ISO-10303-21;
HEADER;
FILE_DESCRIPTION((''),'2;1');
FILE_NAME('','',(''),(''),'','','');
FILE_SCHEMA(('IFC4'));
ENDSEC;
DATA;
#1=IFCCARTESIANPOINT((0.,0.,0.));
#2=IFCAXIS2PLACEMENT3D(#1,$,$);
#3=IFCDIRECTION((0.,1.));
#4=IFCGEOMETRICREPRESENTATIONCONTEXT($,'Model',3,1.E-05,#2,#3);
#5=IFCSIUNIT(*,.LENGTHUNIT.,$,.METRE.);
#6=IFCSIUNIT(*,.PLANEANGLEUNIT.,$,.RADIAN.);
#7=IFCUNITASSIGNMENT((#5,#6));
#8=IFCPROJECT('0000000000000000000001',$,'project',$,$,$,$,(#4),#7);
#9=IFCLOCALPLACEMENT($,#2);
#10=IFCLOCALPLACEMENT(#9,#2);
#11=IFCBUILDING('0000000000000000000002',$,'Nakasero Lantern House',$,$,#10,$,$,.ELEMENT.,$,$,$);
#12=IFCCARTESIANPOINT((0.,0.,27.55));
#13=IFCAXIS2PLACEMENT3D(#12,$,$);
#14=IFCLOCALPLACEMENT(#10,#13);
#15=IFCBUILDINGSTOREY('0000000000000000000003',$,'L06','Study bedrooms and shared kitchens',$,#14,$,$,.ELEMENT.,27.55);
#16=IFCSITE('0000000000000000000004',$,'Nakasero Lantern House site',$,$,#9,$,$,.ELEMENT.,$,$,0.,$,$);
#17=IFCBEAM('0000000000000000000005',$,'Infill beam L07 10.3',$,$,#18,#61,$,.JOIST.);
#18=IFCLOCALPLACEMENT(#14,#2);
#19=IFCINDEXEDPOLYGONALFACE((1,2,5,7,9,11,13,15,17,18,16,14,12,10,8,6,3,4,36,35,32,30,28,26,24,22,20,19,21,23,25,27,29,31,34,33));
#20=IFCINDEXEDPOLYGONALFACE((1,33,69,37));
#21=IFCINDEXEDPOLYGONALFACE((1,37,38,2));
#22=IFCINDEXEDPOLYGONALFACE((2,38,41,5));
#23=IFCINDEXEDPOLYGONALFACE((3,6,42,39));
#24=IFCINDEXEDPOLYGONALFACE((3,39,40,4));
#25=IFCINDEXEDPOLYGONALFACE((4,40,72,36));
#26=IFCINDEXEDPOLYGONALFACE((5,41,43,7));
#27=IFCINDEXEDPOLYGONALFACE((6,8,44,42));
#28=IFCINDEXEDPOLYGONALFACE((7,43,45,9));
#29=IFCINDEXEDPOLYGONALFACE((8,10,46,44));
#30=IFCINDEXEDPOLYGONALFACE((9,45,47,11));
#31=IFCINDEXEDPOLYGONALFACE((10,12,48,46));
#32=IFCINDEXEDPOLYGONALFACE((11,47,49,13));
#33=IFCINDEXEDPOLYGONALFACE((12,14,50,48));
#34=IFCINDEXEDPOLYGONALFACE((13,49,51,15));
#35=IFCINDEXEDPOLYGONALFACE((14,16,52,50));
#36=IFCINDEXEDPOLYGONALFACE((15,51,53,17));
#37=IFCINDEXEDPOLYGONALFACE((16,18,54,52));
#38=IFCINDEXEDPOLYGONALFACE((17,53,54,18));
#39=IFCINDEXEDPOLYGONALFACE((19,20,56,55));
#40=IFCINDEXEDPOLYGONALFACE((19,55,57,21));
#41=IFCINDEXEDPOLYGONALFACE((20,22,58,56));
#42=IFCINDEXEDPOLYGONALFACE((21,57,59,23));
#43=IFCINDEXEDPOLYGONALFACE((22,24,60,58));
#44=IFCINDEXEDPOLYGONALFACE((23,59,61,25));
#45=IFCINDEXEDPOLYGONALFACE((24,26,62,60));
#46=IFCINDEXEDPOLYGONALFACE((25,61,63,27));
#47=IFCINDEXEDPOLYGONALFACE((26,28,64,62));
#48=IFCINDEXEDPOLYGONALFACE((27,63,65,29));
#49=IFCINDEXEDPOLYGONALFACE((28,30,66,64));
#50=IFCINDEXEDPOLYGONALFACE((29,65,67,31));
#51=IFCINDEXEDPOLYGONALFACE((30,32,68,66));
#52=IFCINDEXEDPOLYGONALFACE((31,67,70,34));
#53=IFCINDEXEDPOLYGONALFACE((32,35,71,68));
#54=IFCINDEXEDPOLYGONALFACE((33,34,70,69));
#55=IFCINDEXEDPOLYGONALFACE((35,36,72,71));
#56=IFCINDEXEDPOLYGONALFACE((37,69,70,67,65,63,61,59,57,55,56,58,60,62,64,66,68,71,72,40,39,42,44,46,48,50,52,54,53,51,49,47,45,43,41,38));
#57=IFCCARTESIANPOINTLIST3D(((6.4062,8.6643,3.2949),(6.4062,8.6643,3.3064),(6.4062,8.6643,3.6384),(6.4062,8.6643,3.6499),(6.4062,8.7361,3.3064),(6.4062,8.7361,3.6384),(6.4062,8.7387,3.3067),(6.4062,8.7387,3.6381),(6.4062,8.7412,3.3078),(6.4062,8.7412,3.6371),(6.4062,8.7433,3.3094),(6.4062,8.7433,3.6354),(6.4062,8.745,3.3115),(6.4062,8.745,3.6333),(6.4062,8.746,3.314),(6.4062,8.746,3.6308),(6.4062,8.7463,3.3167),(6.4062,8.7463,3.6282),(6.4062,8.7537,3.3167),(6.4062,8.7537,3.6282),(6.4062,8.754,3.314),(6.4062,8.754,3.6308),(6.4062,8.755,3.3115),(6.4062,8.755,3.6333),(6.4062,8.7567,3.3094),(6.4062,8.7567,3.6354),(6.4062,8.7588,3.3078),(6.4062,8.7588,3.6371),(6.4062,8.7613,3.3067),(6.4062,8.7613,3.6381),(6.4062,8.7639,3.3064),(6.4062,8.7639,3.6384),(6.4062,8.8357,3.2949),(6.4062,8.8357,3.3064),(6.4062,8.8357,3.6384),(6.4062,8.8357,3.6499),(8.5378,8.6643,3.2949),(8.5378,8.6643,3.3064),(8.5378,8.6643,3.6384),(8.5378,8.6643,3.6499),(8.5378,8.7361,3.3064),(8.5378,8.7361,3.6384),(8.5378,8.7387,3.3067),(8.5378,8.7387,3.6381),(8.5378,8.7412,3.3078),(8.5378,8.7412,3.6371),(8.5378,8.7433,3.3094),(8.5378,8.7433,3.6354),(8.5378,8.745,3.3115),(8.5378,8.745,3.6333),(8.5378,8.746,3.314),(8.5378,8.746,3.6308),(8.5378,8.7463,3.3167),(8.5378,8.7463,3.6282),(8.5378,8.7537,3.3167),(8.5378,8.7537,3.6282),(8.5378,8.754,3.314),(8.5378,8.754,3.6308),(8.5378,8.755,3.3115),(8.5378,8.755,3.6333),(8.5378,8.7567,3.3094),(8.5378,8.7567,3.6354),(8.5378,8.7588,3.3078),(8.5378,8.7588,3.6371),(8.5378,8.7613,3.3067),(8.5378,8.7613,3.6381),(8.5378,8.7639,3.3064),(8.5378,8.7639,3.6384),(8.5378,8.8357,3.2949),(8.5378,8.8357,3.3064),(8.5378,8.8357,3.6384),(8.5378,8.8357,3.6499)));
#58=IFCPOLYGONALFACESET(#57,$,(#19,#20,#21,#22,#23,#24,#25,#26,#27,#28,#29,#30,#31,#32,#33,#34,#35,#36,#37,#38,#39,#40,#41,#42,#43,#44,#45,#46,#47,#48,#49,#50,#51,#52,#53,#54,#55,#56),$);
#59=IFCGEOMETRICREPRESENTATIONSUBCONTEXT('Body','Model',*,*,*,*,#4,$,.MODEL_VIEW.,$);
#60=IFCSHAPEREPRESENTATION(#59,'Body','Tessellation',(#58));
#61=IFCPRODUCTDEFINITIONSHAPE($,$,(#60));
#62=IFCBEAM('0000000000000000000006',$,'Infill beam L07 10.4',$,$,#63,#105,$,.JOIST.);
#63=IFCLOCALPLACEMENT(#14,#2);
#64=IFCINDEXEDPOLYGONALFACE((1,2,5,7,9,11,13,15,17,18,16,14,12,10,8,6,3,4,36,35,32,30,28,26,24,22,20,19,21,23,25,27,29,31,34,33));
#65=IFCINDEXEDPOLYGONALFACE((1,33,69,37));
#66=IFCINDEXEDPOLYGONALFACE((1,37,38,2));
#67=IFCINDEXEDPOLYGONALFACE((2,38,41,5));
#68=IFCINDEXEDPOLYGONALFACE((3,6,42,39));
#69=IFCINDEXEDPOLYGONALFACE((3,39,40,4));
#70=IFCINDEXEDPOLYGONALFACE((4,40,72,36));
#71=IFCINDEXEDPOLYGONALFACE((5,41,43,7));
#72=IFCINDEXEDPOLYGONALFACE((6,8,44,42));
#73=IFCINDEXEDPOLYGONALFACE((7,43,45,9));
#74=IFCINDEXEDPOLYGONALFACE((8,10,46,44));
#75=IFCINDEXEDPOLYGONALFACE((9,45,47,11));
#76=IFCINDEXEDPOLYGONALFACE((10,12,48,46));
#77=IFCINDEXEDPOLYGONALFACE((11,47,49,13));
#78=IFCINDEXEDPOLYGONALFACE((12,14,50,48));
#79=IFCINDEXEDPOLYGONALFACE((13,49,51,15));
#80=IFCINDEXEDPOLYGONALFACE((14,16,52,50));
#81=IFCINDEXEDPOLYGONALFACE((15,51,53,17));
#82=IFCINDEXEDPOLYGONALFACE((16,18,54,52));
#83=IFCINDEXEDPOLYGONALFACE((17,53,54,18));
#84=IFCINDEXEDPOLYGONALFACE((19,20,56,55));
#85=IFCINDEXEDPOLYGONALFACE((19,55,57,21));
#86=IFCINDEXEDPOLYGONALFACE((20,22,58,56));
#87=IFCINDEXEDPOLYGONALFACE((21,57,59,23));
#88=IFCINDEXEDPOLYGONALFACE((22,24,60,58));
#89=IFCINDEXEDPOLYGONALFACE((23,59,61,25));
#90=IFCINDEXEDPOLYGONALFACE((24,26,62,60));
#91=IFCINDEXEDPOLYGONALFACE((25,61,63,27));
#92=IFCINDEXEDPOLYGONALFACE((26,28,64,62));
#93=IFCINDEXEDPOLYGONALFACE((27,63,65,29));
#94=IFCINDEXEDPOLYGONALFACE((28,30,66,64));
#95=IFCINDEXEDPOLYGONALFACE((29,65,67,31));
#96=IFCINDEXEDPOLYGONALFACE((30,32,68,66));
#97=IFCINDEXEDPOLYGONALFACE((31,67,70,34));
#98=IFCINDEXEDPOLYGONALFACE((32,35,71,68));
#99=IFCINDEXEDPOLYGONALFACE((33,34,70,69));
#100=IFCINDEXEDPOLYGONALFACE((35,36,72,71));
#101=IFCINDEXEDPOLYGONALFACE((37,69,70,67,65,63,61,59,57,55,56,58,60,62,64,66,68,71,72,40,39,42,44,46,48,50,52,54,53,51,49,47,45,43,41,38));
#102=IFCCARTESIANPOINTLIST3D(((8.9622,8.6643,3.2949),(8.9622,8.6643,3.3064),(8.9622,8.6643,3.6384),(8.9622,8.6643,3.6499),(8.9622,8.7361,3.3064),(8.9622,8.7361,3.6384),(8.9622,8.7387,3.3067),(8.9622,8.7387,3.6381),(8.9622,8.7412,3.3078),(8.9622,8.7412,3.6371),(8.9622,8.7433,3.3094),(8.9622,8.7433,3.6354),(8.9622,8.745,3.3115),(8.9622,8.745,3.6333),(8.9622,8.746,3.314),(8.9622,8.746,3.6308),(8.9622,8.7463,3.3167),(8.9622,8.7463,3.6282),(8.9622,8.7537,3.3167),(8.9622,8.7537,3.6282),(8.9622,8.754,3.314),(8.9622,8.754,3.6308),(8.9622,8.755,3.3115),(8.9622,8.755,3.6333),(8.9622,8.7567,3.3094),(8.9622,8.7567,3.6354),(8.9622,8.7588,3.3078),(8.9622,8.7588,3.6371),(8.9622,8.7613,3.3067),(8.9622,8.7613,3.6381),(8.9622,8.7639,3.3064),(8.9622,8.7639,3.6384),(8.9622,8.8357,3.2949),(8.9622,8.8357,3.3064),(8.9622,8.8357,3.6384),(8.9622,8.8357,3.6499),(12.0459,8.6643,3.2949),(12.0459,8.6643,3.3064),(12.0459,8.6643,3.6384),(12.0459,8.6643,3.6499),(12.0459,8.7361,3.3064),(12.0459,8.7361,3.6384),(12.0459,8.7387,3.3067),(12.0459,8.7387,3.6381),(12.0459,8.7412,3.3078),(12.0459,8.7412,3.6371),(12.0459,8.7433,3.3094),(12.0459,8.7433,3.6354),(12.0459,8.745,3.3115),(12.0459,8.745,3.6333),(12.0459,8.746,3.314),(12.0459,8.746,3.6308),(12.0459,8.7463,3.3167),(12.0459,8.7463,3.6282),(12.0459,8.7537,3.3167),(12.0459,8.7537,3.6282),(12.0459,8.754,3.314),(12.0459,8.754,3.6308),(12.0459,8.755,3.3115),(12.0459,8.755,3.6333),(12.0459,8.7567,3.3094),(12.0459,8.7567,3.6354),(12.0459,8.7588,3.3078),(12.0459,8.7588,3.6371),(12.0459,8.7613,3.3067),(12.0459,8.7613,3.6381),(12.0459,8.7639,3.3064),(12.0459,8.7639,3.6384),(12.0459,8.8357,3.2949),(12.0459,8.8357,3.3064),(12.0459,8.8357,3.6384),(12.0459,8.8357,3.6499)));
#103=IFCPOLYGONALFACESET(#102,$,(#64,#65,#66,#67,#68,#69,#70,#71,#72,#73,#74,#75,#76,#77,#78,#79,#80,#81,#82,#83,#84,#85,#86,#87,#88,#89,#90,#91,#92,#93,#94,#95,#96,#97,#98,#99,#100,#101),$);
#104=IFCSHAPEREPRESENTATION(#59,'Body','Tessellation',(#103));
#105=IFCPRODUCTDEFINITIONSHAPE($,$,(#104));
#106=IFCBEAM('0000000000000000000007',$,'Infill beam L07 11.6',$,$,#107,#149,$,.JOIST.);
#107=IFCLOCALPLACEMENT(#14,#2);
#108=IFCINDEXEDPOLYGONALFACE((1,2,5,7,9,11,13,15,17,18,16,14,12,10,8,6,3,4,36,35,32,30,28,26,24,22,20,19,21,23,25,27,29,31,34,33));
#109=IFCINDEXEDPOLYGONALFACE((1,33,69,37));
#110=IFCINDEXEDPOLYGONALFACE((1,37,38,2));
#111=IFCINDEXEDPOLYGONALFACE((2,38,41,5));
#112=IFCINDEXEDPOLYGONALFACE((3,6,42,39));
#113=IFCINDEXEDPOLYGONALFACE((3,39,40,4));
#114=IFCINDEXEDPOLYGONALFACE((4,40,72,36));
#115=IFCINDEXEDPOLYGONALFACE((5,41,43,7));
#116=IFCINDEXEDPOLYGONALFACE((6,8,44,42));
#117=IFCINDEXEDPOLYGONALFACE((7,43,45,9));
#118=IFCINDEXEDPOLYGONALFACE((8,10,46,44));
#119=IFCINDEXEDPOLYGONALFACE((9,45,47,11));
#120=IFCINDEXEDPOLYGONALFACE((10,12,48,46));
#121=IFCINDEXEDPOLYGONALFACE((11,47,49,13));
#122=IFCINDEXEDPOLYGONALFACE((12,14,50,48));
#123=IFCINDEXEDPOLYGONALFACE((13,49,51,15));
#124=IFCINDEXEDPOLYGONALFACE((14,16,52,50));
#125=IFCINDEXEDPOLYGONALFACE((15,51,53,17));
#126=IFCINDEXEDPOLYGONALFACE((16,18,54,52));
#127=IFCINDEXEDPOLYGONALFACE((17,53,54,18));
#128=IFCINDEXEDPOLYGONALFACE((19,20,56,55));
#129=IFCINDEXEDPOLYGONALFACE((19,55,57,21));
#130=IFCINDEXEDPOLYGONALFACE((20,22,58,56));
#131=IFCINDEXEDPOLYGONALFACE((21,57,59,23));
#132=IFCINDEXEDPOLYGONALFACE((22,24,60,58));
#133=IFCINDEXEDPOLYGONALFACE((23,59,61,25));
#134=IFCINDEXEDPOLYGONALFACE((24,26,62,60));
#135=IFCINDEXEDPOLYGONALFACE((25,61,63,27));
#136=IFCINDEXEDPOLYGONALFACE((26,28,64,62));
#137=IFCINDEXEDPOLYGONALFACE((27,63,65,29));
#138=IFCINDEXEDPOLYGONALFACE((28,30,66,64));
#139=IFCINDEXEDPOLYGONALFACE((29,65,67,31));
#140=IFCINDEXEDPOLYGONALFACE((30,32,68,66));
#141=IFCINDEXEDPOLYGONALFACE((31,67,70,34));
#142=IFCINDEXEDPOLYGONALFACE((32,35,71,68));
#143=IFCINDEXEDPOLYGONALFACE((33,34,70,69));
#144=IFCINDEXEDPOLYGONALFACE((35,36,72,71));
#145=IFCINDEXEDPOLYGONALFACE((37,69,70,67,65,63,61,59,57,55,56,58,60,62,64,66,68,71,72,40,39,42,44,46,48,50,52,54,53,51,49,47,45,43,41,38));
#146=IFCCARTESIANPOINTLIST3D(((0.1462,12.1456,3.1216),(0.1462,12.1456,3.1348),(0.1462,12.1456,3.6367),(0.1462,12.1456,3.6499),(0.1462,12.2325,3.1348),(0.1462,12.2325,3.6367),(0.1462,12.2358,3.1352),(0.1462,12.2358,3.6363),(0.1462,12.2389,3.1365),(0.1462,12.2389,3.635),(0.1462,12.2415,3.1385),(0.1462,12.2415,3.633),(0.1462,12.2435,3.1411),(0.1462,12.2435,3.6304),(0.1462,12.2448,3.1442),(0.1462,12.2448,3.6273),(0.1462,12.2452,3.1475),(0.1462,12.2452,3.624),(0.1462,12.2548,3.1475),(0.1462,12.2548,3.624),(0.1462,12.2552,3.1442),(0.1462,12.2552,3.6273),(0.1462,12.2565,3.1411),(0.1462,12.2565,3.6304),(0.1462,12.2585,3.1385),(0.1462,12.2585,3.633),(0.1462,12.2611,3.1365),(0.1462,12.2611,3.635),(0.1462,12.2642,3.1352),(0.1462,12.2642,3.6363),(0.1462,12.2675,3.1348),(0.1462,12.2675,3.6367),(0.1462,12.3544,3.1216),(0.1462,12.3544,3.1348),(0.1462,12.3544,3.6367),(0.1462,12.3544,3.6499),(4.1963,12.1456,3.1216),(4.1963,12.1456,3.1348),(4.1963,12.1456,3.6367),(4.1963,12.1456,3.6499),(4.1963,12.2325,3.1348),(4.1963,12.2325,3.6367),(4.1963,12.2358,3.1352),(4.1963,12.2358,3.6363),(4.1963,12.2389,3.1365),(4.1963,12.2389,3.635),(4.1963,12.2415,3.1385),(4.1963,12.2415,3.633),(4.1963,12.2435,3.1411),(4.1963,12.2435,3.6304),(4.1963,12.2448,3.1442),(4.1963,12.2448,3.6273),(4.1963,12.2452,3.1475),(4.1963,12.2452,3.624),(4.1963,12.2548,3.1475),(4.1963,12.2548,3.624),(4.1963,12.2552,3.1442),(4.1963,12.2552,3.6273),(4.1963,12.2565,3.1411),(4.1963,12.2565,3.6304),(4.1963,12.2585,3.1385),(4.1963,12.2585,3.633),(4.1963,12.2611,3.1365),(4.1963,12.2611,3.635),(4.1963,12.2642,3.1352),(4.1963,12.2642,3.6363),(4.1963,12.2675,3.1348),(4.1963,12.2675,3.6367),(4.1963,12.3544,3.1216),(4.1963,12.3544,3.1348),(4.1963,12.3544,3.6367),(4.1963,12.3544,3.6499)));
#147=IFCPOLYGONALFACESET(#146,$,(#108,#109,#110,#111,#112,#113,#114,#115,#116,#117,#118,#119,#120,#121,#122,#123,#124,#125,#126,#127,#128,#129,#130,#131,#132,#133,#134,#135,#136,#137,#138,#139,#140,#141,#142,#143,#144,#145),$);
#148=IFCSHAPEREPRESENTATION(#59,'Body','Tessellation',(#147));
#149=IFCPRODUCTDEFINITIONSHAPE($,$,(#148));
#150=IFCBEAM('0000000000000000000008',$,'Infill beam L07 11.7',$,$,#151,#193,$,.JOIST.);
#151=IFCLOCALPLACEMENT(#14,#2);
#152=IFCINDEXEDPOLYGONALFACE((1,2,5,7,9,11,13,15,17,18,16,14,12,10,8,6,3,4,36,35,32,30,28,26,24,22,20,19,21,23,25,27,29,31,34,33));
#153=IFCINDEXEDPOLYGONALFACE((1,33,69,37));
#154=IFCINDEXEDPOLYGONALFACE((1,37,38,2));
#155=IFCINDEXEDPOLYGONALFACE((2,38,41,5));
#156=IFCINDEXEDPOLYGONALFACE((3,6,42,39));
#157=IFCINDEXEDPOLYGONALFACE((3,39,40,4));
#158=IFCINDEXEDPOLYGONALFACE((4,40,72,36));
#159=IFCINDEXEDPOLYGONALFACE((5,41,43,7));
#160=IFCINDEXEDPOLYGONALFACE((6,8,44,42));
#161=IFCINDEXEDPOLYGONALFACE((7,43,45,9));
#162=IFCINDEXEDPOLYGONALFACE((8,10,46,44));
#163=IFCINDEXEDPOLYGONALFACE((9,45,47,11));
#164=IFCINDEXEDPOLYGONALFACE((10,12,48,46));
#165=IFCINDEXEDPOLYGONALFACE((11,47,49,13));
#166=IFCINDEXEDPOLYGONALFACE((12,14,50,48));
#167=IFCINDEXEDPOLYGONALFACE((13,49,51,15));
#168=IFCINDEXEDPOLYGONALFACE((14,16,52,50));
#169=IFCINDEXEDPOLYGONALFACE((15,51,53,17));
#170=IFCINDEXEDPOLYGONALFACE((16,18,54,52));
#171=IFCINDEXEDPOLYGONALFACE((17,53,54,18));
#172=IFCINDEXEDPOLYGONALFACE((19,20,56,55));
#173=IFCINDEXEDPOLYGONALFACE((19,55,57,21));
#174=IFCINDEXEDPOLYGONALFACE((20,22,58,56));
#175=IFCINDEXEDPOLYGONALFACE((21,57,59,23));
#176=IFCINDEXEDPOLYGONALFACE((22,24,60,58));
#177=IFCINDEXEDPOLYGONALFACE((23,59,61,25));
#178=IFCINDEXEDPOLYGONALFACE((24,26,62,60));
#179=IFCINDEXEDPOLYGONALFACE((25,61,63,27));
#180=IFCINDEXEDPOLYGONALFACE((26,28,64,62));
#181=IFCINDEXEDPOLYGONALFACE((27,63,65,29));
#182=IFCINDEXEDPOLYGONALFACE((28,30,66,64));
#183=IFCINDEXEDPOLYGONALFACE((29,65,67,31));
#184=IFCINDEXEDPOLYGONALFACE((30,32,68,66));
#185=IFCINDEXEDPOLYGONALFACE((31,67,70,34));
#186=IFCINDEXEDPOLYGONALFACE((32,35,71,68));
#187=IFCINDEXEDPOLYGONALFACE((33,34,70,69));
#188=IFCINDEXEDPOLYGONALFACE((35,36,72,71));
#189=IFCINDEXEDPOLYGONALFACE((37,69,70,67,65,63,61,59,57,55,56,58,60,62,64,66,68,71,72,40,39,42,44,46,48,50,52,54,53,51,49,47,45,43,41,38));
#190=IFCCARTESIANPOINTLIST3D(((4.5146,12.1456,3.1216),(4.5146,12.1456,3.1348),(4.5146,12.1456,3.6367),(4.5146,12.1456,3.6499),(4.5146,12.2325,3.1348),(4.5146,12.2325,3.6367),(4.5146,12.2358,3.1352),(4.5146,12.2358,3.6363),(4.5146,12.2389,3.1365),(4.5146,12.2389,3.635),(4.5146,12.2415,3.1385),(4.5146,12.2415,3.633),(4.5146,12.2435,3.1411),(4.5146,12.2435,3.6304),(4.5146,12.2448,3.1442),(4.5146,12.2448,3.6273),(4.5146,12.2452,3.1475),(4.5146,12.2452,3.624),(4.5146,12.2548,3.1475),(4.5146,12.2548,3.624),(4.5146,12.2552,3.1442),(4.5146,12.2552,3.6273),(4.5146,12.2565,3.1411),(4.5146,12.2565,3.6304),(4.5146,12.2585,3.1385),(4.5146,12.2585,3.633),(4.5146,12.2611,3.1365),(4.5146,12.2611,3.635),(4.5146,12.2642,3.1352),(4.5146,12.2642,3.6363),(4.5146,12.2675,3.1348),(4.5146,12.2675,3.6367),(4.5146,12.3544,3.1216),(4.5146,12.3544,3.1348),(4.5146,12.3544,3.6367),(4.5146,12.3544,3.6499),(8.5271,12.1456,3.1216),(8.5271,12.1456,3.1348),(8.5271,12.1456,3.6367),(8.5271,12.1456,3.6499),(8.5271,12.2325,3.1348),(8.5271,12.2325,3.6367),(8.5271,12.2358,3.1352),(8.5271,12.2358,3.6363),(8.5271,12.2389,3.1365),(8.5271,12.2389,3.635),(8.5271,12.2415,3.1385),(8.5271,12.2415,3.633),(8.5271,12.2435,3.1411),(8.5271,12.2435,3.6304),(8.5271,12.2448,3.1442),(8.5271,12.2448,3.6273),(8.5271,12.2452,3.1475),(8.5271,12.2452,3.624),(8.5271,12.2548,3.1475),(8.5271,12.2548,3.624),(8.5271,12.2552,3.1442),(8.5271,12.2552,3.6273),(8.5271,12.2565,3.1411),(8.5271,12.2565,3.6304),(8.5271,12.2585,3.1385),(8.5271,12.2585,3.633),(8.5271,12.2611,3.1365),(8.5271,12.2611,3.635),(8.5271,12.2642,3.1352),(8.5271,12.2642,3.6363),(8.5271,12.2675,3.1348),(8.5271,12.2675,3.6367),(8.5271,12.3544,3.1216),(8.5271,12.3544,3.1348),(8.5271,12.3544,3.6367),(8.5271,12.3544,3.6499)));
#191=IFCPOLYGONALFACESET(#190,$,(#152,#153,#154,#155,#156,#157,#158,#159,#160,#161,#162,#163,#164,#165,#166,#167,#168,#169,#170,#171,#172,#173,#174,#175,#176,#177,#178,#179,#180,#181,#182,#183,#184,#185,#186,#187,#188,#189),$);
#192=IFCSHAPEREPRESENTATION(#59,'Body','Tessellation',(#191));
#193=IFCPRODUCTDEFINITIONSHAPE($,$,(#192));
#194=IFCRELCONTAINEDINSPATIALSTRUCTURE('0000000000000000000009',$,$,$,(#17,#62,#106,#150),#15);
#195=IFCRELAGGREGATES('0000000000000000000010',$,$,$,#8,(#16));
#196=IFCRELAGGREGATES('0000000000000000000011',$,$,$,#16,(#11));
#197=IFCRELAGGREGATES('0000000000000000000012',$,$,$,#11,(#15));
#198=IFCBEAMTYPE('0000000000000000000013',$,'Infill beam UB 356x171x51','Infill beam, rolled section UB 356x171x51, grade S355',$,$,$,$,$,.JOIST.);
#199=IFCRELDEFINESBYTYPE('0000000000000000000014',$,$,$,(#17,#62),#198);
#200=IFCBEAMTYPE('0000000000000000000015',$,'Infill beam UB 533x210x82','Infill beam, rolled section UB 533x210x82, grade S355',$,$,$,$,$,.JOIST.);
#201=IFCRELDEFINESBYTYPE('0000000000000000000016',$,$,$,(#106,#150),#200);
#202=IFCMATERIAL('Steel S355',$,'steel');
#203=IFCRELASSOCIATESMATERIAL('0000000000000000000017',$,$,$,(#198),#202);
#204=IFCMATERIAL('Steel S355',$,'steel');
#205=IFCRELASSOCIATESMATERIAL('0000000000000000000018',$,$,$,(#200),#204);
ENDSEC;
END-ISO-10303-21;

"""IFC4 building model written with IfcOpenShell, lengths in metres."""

from ifc_helpers import new_model, si_unit, direction, frame, origin, origin_2d, place, context, subcontext, project, spatial, i_section, extrude, material, material_profile, profile_set, type_object, element, save


model = new_model("IFC4")

# Units and contexts
model_context = context("Model", 3, precision=1e-05, world=origin(), true_north=direction((0.0, 1.0)))
body_context = subcontext(model_context, "Body", "Model", "MODEL_VIEW")
ifc_project = project(units=[si_unit("LENGTHUNIT", "METRE"), si_unit("PLANEANGLEUNIT", "RADIAN")], contexts=[model_context])

# Site, building, storey
site_placement = place(None, origin())
site = spatial("IfcSite", under=ifc_project, at=site_placement, Name="Nakasero Lantern House site", CompositionType="ELEMENT", RefElevation=0.0)
building_placement = place(site_placement, origin())
building = spatial("IfcBuilding", under=site, at=building_placement, Name="Nakasero Lantern House", CompositionType="ELEMENT")
storey_placement = place(building_placement, frame((0.0, 0.0, 27.55)))
storey = spatial("IfcBuildingStorey", under=building, at=storey_placement, Name="L06", Description="Study bedrooms and shared kitchens", CompositionType="ELEMENT", Elevation=27.55)

# Beams
ifc_material_1 = material(Name="Steel S355", Category="steel")
ifc_material_profile_1 = material_profile(ifc_material_1, i_section(OverallWidth=0.1714, OverallDepth=0.355, WebThickness=0.0073, FlangeThickness=0.0115, FilletRadius=0.0103, at=origin_2d()), Name="UB 356x171x51")
ifc_profile_set_1 = profile_set([ifc_material_profile_1], Name="Steel S355")
beam_type_1 = type_object("IfcBeamType", Name="Infill beam UB 356x171x51", Description="Infill beam, rolled section UB 356x171x51, grade S355", PredefinedType="JOIST", material=ifc_profile_set_1)
beam_1_placement = place(storey_placement, frame((6.4062, 8.75, 3.4724), z_axis=(1.0, 0.0, 0.0), x_axis=(0.0, 1.0, 0.0)))
element("IfcBeam", 1, at=beam_1_placement, inside=storey, type_object=beam_type_1, Name="Infill beam L07 10.3", PredefinedType="JOIST", context=body_context, shape_type="SweptSolid", body=[
    extrude(i_section(OverallWidth=0.1714, OverallDepth=0.355, WebThickness=0.0073, FlangeThickness=0.0115, FilletRadius=0.0103, at=origin_2d()), origin(), (0.0, 0.0, 1.0), 2.1316),
])
beam_2_placement = place(storey_placement, frame((8.9622, 8.75, 3.4724), z_axis=(1.0, 0.0, 0.0), x_axis=(0.0, 1.0, 0.0)))
element("IfcBeam", 2, at=beam_2_placement, inside=storey, type_object=beam_type_1, Name="Infill beam L07 10.4", PredefinedType="JOIST", context=body_context, shape_type="SweptSolid", body=[
    extrude(i_section(OverallWidth=0.1714, OverallDepth=0.355, WebThickness=0.0073, FlangeThickness=0.0115, FilletRadius=0.0103, at=origin_2d()), origin(), (0.0, 0.0, 1.0), 3.0837),
])
ifc_material_2 = material(Name="Steel S355", Category="steel")
ifc_material_profile_2 = material_profile(ifc_material_2, i_section(OverallWidth=0.2087, OverallDepth=0.5283, WebThickness=0.0095, FlangeThickness=0.0132, FilletRadius=0.0127, at=origin_2d()), Name="UB 533x210x82")
ifc_profile_set_2 = profile_set([ifc_material_profile_2], Name="Steel S355")
beam_type_2 = type_object("IfcBeamType", Name="Infill beam UB 533x210x82", Description="Infill beam, rolled section UB 533x210x82, grade S355", PredefinedType="JOIST", material=ifc_profile_set_2)
beam_3_placement = place(storey_placement, frame((0.1462, 12.25, 3.3857), z_axis=(1.0, 0.0, 0.0), x_axis=(0.0, 1.0, 0.0)))
element("IfcBeam", 3, at=beam_3_placement, inside=storey, type_object=beam_type_2, Name="Infill beam L07 11.6", PredefinedType="JOIST", context=body_context, shape_type="SweptSolid", body=[
    extrude(i_section(OverallWidth=0.2087, OverallDepth=0.5283, WebThickness=0.0095, FlangeThickness=0.0132, FilletRadius=0.0127, at=origin_2d()), origin(), (0.0, 0.0, 1.0), 4.05),
])
beam_4_placement = place(storey_placement, frame((4.5146, 12.25, 3.3857), z_axis=(1.0, 0.0, 0.0), x_axis=(0.0, 1.0, 0.0)))
element("IfcBeam", 4, at=beam_4_placement, inside=storey, type_object=beam_type_2, Name="Infill beam L07 11.7", PredefinedType="JOIST", context=body_context, shape_type="SweptSolid", body=[
    extrude(i_section(OverallWidth=0.2087, OverallDepth=0.5283, WebThickness=0.0095, FlangeThickness=0.0132, FilletRadius=0.0127, at=origin_2d()), origin(), (0.0, 0.0, 1.0), 4.0125),
])

save(model, "model.ifc")
